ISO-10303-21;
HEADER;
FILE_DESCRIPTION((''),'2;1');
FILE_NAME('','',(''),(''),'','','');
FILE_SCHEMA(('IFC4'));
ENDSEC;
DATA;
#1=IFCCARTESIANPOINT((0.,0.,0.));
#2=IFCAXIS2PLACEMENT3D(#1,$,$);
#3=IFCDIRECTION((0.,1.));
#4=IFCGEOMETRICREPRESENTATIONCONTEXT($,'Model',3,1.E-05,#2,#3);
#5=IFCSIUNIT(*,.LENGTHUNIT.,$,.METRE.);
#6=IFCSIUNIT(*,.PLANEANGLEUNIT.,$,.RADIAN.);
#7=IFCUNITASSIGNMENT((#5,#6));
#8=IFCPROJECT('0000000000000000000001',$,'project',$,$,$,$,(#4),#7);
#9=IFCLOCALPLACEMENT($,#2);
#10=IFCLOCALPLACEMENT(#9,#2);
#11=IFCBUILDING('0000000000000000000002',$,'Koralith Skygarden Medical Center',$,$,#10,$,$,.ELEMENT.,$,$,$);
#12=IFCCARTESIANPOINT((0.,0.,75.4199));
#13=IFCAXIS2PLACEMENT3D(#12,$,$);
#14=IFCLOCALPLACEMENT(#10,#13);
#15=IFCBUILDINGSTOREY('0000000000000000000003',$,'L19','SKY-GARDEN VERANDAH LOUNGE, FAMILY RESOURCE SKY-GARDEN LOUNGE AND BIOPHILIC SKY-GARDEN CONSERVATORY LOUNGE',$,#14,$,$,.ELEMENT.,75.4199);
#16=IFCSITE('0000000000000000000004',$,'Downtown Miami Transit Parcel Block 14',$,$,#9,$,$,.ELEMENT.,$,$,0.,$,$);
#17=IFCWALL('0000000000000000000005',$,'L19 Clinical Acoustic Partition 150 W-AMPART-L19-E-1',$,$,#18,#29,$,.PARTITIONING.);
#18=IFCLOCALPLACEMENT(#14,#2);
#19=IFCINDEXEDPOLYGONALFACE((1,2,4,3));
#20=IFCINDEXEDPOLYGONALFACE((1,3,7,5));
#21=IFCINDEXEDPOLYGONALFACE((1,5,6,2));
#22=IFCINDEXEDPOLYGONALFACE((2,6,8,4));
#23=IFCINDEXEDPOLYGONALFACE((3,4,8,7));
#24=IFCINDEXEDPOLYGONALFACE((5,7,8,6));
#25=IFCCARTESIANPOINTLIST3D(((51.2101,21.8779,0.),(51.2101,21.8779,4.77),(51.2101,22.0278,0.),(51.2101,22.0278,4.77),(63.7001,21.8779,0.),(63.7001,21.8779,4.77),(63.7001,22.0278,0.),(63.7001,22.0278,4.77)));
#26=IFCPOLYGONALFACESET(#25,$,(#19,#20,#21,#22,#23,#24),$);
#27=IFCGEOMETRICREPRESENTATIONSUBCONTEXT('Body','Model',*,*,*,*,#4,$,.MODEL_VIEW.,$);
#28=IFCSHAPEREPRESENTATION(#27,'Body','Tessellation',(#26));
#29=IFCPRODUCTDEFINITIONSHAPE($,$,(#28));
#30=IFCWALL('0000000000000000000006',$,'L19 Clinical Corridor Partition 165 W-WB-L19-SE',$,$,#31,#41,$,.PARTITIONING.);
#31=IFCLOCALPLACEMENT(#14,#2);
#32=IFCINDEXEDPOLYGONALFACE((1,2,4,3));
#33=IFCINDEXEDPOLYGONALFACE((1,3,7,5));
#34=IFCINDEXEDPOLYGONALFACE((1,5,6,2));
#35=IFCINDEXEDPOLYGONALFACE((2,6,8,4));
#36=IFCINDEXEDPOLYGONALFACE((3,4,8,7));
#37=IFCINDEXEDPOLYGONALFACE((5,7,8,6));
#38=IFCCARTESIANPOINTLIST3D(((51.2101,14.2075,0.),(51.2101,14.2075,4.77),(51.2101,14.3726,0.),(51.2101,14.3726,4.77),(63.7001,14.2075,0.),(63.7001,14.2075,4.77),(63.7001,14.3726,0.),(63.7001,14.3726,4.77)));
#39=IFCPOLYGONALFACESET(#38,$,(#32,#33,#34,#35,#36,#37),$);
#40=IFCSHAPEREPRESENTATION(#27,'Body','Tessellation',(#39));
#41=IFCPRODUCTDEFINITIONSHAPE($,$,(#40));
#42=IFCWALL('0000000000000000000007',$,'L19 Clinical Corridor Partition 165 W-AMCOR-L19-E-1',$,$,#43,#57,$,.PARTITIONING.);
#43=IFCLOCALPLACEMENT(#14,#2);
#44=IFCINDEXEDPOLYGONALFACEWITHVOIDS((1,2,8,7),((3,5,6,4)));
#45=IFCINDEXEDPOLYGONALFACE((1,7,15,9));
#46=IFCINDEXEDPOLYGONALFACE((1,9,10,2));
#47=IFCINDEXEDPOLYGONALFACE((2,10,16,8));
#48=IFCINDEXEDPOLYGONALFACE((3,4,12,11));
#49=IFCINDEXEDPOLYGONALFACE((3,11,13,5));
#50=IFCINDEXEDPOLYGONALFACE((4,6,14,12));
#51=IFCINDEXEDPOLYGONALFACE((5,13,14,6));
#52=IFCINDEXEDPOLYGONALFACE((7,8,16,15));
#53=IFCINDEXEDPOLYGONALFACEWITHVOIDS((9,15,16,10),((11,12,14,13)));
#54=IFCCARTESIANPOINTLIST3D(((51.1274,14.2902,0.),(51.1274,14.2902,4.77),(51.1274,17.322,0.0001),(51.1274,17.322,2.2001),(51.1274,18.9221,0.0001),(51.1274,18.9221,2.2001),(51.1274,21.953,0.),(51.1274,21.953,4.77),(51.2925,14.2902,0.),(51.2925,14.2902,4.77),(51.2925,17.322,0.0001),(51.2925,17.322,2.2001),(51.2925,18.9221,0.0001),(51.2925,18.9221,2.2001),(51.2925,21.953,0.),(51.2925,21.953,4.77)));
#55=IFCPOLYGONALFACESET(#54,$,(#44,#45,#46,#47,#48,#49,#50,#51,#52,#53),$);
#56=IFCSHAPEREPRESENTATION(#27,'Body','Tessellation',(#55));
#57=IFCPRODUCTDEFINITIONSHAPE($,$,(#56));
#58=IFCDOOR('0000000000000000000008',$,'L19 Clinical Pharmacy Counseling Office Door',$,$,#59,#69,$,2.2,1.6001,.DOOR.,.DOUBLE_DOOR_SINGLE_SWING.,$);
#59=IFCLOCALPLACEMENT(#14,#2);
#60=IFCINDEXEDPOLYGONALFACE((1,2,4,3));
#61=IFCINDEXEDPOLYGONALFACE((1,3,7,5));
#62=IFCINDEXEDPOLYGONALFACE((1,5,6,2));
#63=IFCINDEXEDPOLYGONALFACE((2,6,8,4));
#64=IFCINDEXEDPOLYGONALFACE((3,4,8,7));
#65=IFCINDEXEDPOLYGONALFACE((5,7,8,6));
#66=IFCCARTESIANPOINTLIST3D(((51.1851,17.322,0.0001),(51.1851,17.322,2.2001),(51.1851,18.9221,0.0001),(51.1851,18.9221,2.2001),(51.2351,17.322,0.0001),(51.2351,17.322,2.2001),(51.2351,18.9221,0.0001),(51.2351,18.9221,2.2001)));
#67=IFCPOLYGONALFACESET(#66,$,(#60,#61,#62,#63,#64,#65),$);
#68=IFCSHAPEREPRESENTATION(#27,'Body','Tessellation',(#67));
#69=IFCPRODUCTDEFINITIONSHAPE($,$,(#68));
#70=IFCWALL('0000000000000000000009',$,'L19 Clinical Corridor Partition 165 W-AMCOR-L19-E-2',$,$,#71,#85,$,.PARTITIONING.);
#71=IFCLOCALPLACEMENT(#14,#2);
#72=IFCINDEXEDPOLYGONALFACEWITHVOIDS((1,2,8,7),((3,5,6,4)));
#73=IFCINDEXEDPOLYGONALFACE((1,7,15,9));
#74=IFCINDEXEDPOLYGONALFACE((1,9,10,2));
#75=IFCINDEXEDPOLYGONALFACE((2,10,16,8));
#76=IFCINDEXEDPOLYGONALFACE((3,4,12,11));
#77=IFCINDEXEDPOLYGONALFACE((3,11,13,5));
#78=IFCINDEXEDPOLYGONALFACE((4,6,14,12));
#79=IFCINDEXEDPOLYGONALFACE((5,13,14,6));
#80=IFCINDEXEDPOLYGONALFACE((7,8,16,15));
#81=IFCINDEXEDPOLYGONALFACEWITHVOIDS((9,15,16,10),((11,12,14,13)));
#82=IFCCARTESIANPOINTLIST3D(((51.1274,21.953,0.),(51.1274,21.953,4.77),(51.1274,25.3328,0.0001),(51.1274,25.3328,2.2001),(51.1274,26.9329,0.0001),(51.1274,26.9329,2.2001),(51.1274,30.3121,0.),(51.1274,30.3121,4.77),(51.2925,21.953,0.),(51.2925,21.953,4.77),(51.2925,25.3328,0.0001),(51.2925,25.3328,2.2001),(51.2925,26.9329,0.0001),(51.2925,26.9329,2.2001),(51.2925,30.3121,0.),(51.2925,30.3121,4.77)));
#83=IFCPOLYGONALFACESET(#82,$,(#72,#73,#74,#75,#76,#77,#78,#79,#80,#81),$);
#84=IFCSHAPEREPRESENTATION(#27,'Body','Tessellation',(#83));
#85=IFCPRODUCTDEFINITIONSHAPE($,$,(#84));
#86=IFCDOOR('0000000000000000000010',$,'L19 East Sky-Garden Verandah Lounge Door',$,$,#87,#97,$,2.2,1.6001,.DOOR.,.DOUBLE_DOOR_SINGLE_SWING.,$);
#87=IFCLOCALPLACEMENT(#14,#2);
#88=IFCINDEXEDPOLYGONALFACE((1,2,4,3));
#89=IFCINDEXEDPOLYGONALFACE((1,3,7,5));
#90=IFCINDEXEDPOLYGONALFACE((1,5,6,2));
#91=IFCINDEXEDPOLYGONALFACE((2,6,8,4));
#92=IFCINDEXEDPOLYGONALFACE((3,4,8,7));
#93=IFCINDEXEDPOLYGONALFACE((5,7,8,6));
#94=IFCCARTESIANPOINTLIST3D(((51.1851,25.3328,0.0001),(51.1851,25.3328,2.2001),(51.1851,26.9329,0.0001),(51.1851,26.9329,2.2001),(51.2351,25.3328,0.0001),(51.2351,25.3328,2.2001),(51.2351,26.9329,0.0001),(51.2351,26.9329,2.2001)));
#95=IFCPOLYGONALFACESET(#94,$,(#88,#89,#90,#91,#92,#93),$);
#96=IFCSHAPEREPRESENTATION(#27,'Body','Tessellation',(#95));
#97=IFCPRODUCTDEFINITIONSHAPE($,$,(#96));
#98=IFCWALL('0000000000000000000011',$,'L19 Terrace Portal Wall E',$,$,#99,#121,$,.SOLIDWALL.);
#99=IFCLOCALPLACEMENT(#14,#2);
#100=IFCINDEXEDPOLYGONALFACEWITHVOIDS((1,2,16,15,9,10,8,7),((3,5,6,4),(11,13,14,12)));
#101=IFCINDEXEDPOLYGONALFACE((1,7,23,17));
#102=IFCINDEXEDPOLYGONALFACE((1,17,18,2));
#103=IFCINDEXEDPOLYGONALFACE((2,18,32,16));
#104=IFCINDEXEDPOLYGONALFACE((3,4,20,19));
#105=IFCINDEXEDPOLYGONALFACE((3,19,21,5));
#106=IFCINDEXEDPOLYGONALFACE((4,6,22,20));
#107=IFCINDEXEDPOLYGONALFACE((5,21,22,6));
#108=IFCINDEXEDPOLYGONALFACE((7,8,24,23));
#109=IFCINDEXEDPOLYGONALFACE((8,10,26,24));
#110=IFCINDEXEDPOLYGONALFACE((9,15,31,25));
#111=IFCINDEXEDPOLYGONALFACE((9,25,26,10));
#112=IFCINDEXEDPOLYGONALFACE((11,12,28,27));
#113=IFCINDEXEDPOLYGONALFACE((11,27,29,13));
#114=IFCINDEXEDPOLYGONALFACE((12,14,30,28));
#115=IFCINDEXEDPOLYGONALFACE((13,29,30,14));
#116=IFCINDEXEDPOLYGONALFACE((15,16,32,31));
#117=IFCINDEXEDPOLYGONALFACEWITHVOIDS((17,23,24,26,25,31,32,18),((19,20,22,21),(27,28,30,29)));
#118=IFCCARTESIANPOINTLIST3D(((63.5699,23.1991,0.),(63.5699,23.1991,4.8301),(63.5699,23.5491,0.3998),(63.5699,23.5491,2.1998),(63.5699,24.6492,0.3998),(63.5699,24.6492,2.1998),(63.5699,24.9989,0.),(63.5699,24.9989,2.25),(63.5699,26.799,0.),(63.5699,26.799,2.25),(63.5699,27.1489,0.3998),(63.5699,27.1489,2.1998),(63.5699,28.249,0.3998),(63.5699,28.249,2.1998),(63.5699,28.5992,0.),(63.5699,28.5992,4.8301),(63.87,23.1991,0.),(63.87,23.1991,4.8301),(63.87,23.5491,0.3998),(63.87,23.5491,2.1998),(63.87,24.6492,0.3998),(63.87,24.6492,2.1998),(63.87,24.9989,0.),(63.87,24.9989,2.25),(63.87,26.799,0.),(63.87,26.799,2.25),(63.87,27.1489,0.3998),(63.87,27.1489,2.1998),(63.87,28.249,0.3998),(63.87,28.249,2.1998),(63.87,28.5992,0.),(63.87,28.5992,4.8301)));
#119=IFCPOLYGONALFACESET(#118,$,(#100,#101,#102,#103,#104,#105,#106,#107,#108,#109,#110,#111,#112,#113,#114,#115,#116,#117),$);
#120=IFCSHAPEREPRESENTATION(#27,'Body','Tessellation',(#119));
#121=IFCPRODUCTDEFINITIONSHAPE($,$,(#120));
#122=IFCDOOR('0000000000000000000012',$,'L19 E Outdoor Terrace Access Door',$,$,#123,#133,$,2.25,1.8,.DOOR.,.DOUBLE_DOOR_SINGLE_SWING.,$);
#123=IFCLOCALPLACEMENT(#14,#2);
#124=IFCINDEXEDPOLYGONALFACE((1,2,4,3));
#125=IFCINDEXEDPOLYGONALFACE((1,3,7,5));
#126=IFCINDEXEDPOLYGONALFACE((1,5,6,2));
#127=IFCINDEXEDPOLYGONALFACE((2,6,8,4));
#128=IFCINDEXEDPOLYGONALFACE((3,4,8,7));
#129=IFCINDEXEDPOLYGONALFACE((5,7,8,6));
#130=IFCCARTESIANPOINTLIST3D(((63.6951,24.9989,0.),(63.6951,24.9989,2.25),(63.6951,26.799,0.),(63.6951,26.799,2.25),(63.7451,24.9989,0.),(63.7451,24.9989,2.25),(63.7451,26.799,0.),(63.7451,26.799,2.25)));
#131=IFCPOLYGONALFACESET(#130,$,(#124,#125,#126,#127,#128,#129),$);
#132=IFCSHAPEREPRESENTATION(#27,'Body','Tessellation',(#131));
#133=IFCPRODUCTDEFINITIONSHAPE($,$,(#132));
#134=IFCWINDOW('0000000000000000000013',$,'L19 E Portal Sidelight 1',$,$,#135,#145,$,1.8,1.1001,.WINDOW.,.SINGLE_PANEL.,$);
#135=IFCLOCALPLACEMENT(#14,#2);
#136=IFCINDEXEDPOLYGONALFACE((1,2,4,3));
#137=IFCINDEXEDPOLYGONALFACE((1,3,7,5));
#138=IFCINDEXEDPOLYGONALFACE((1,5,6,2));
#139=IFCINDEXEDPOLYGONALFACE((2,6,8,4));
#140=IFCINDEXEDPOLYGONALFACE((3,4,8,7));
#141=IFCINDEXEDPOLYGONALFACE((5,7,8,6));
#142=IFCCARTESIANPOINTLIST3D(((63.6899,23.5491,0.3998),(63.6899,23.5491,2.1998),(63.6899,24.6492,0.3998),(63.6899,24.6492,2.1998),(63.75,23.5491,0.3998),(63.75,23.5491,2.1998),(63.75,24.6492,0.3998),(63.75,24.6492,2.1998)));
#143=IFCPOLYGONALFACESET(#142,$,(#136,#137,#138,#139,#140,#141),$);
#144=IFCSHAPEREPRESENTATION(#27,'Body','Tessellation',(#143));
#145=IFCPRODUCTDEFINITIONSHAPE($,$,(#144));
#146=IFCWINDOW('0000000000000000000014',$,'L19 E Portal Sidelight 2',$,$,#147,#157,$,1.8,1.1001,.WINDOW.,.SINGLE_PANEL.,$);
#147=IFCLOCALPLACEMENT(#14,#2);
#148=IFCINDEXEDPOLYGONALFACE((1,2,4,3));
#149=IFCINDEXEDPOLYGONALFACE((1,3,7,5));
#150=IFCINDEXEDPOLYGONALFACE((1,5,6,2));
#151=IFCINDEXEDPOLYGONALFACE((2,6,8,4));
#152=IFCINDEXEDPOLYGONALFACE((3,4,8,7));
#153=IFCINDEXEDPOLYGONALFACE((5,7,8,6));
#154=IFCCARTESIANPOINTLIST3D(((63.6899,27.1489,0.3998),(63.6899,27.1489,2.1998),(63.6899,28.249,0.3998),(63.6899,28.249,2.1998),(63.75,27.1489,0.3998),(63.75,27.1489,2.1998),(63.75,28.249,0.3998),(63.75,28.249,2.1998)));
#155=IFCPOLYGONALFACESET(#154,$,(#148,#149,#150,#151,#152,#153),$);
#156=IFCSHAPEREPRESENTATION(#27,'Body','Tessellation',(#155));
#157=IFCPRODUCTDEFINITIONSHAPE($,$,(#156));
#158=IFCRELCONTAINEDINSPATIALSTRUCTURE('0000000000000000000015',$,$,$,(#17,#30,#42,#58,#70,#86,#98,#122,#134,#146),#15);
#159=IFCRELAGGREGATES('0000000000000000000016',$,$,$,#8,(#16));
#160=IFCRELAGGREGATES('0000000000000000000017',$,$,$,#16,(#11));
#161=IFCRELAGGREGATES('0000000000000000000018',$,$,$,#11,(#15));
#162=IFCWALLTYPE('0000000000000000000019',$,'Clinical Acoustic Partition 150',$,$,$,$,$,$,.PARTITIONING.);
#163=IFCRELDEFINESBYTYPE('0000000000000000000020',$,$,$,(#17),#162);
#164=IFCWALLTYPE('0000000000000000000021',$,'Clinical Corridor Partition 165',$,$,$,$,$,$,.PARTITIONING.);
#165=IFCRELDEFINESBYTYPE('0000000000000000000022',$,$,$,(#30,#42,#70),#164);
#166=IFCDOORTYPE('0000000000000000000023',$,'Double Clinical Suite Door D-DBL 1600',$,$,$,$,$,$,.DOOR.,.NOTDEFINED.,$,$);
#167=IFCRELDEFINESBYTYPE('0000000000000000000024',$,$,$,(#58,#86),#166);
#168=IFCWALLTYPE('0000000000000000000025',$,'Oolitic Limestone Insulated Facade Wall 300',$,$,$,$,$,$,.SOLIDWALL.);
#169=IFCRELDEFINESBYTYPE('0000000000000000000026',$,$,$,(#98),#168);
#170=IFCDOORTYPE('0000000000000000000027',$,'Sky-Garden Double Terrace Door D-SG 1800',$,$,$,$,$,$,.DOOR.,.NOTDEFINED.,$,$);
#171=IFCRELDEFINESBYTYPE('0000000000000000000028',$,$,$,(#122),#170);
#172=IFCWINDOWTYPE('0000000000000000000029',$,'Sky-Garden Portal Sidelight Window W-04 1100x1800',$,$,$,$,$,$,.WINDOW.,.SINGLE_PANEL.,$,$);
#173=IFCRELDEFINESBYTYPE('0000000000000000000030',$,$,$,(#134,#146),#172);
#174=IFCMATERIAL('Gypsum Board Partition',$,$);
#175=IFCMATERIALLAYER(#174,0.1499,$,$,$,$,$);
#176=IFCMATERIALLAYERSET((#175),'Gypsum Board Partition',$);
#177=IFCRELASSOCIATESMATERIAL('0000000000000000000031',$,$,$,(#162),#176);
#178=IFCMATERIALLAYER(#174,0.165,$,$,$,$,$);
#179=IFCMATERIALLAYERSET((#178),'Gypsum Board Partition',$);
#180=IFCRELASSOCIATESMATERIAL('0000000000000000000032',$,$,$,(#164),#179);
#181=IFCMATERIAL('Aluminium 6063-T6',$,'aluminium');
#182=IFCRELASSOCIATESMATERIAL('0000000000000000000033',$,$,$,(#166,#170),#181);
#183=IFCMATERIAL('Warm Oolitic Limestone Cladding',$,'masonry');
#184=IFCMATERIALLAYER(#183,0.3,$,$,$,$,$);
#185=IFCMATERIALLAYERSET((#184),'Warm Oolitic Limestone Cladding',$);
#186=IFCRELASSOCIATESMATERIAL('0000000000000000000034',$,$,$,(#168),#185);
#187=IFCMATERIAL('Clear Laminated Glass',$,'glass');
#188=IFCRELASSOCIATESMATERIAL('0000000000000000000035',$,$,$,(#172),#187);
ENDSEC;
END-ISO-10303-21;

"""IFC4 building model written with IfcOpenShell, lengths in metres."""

from ifc_helpers import new_model, si_unit, direction, frame, frame_2d, origin, place, context, subcontext, project, spatial, rectangle, extrude, material, layer, layer_set, type_object, element, fill, save


model = new_model("IFC4")

# Units and contexts
model_context = context("Model", 3, precision=1e-05, world=origin(), true_north=direction((0.0, 1.0)))
body_context = subcontext(model_context, "Body", "Model", "MODEL_VIEW")
ifc_project = project(units=[si_unit("LENGTHUNIT", "METRE"), si_unit("PLANEANGLEUNIT", "RADIAN")], contexts=[model_context])

# Site, building, storey
site_placement = place(None, origin())
site = spatial("IfcSite", under=ifc_project, at=site_placement, Name="Downtown Miami Transit Parcel Block 14", CompositionType="ELEMENT", RefElevation=0.0)
building_placement = place(site_placement, origin())
building = spatial("IfcBuilding", under=site, at=building_placement, Name="Koralith Skygarden Medical Center", CompositionType="ELEMENT")
storey_placement = place(building_placement, frame((0.0, 0.0, 75.4199)))
storey = spatial("IfcBuildingStorey", under=building, at=storey_placement, Name="L19", Description="SKY-GARDEN VERANDAH LOUNGE, FAMILY RESOURCE SKY-GARDEN LOUNGE AND BIOPHILIC SKY-GARDEN CONSERVATORY LOUNGE", CompositionType="ELEMENT", Elevation=75.4199)

# Shared definitions
ifc_material_1 = material(Name="Clear Laminated Glass", Category="glass")
ifc_material_2 = material(Name="Aluminium 6063-T6", Category="aluminium")

# Walls
ifc_material_3 = material(Name="Gypsum Board Partition")
ifc_layer_1 = layer(ifc_material_3, 0.1499)
ifc_layer_set_1 = layer_set([ifc_layer_1], Name="Gypsum Board Partition")
wall_type_1 = type_object("IfcWallType", Name="Clinical Acoustic Partition 150", PredefinedType="PARTITIONING", material=ifc_layer_set_1)
wall_1_placement = place(storey_placement, frame((51.21, 21.9529, 0.0), z_axis=(0.0, 0.0, 1.0), x_axis=(1.0, 0.0, 0.0)))
element("IfcWall", 1, at=wall_1_placement, inside=storey, type_object=wall_type_1, Name="L19 Clinical Acoustic Partition 150 W-AMPART-L19-E-1", PredefinedType="PARTITIONING", context=body_context, shape_type="SweptSolid", body=[
    extrude(rectangle(XDim=12.49, YDim=0.1499, at=frame_2d((6.2451, 0.0))), origin(), (0.0, 0.0, 1.0), 4.77),
])
ifc_layer_2 = layer(ifc_material_3, 0.165)
ifc_layer_set_2 = layer_set([ifc_layer_2], Name="Gypsum Board Partition")
wall_type_2 = type_object("IfcWallType", Name="Clinical Corridor Partition 165", PredefinedType="PARTITIONING", material=ifc_layer_set_2)
wall_2_placement = place(storey_placement, frame((51.21, 14.29, 0.0), z_axis=(0.0, 0.0, 1.0), x_axis=(1.0, 0.0, 0.0)))
element("IfcWall", 2, at=wall_2_placement, inside=storey, type_object=wall_type_2, Name="L19 Clinical Corridor Partition 165 W-WB-L19-SE", PredefinedType="PARTITIONING", context=body_context, shape_type="SweptSolid", body=[
    extrude(rectangle(XDim=12.49, YDim=0.165, at=frame_2d((6.2451, 0.0))), origin(), (0.0, 0.0, 1.0), 4.77),
])

# Walls, openings, doors
wall_3_placement = place(storey_placement, frame((51.21, 14.29, 0.0), z_axis=(0.0, 0.0, 1.0), x_axis=(0.0, 1.0, 0.0)))
wall_3 = element("IfcWall", 3, at=wall_3_placement, inside=storey, type_object=wall_type_2, Name="L19 Clinical Corridor Partition 165 W-AMCOR-L19-E-1", PredefinedType="PARTITIONING", context=body_context, shape_type="SweptSolid", body=[
    extrude(rectangle(XDim=7.6628, YDim=0.165, at=frame_2d((3.8315, 0.0))), origin(), (0.0, 0.0, 1.0), 4.77),
])
opening_1_placement = place(wall_3_placement, frame((3.032, 0.0, 0.0)))
opening_1 = element("IfcOpeningElement", 4, at=opening_1_placement, cuts=wall_3, PredefinedType="OPENING", context=body_context, shape_type="SweptSolid", body=[
    extrude(rectangle(XDim=1.6001, YDim=2.2, at=frame_2d((0.8, 1.1001))), frame((0.0, 0.0925, 0.0), z_axis=(0.0, -1.0, 0.0), x_axis=(1.0, 0.0, 0.0)), (0.0, 0.0, 1.0), 0.1851),
])
door_type_1 = type_object("IfcDoorType", Name="Double Clinical Suite Door D-DBL 1600", OperationType="NOTDEFINED", PredefinedType="DOOR", material=ifc_material_2)
door_1_placement = place(opening_1_placement, origin())
door_1 = element("IfcDoor", 5, at=door_1_placement, inside=storey, type_object=door_type_1, Name="L19 Clinical Pharmacy Counseling Office Door", OperationType="DOUBLE_DOOR_SINGLE_SWING", OverallHeight=2.2, OverallWidth=1.6001, PredefinedType="DOOR", context=body_context, shape_type="SweptSolid", body=[
    extrude(rectangle(XDim=1.6001, YDim=2.2, at=frame_2d((0.8, 1.1001))), frame((0.0, 0.0249, 0.0), z_axis=(0.0, -1.0, 0.0), x_axis=(1.0, 0.0, 0.0)), (0.0, 0.0, 1.0), 0.05),
])
fill(opening_1, door_1)
wall_4_placement = place(storey_placement, frame((51.21, 21.9529, 0.0), z_axis=(0.0, 0.0, 1.0), x_axis=(0.0, 1.0, 0.0)))
wall_4 = element("IfcWall", 6, at=wall_4_placement, inside=storey, type_object=wall_type_2, Name="L19 Clinical Corridor Partition 165 W-AMCOR-L19-E-2", PredefinedType="PARTITIONING", context=body_context, shape_type="SweptSolid", body=[
    extrude(rectangle(XDim=8.3591, YDim=0.165, at=frame_2d((4.1797, 0.0))), origin(), (0.0, 0.0, 1.0), 4.77),
])
opening_2_placement = place(wall_4_placement, frame((3.3799, 0.0, 0.0)))
opening_2 = element("IfcOpeningElement", 7, at=opening_2_placement, cuts=wall_4, PredefinedType="OPENING", context=body_context, shape_type="SweptSolid", body=[
    extrude(rectangle(XDim=1.6001, YDim=2.2, at=frame_2d((0.8, 1.1001))), frame((0.0, 0.0925, 0.0), z_axis=(0.0, -1.0, 0.0), x_axis=(1.0, 0.0, 0.0)), (0.0, 0.0, 1.0), 0.1851),
])
door_2_placement = place(opening_2_placement, origin())
door_2 = element("IfcDoor", 8, at=door_2_placement, inside=storey, type_object=door_type_1, Name="L19 East Sky-Garden Verandah Lounge Door", OperationType="DOUBLE_DOOR_SINGLE_SWING", OverallHeight=2.2, OverallWidth=1.6001, PredefinedType="DOOR", context=body_context, shape_type="SweptSolid", body=[
    extrude(rectangle(XDim=1.6001, YDim=2.2, at=frame_2d((0.8, 1.1001))), frame((0.0, 0.0249, 0.0), z_axis=(0.0, -1.0, 0.0), x_axis=(1.0, 0.0, 0.0)), (0.0, 0.0, 1.0), 0.05),
])
fill(opening_2, door_2)

# Wall, openings, door, windows
ifc_material_4 = material(Name="Warm Oolitic Limestone Cladding", Category="masonry")
ifc_layer_3 = layer(ifc_material_4, 0.3)
ifc_layer_set_3 = layer_set([ifc_layer_3], Name="Warm Oolitic Limestone Cladding")
wall_type_3 = type_object("IfcWallType", Name="Oolitic Limestone Insulated Facade Wall 300", PredefinedType="SOLIDWALL", material=ifc_layer_set_3)
wall_5_placement = place(storey_placement, frame((63.72, 23.199, 0.0), z_axis=(0.0, 0.0, 1.0), x_axis=(0.0, 1.0, 0.0)))
wall_5 = element("IfcWall", 9, at=wall_5_placement, inside=storey, type_object=wall_type_3, Name="L19 Terrace Portal Wall E", PredefinedType="SOLIDWALL", context=body_context, shape_type="SweptSolid", body=[
    extrude(rectangle(XDim=5.4001, YDim=0.3, at=frame_2d((2.7002, 0.0))), origin(), (0.0, 0.0, 1.0), 4.8301),
])
opening_3_placement = place(wall_5_placement, frame((1.8, 0.0, 0.0)))
opening_3 = element("IfcOpeningElement", 10, at=opening_3_placement, cuts=wall_5, PredefinedType="OPENING", context=body_context, shape_type="SweptSolid", body=[
    extrude(rectangle(XDim=1.8, YDim=2.25, at=frame_2d((0.8999, 1.125))), frame((0.0, 0.1599, 0.0), z_axis=(0.0, -1.0, 0.0), x_axis=(1.0, 0.0, 0.0)), (0.0, 0.0, 1.0), 0.3201),
])
opening_4_placement = place(wall_5_placement, frame((0.3501, 0.0, 0.3999)))
opening_4 = element("IfcOpeningElement", 11, at=opening_4_placement, cuts=wall_5, PredefinedType="OPENING", context=body_context, shape_type="SweptSolid", body=[
    extrude(rectangle(XDim=1.1001, YDim=1.8, at=frame_2d((0.55, 0.8999))), frame((0.0, 0.1599, 0.0), z_axis=(0.0, -1.0, 0.0), x_axis=(1.0, 0.0, 0.0)), (0.0, 0.0, 1.0), 0.3201),
])
opening_5_placement = place(wall_5_placement, frame((3.95, 0.0, 0.3999)))
opening_5 = element("IfcOpeningElement", 12, at=opening_5_placement, cuts=wall_5, PredefinedType="OPENING", context=body_context, shape_type="SweptSolid", body=[
    extrude(rectangle(XDim=1.1001, YDim=1.8, at=frame_2d((0.55, 0.8999))), frame((0.0, 0.1599, 0.0), z_axis=(0.0, -1.0, 0.0), x_axis=(1.0, 0.0, 0.0)), (0.0, 0.0, 1.0), 0.3201),
])
door_type_2 = type_object("IfcDoorType", Name="Sky-Garden Double Terrace Door D-SG 1800", OperationType="NOTDEFINED", PredefinedType="DOOR", material=ifc_material_2)
door_3_placement = place(opening_3_placement, origin())
door_3 = element("IfcDoor", 13, at=door_3_placement, inside=storey, type_object=door_type_2, Name="L19 E Outdoor Terrace Access Door", OperationType="DOUBLE_DOOR_SINGLE_SWING", OverallHeight=2.25, OverallWidth=1.8, PredefinedType="DOOR", context=body_context, shape_type="SweptSolid", body=[
    extrude(rectangle(XDim=1.8, YDim=2.25, at=frame_2d((0.8999, 1.125))), frame((0.0, 0.0249, 0.0), z_axis=(0.0, -1.0, 0.0), x_axis=(1.0, 0.0, 0.0)), (0.0, 0.0, 1.0), 0.05),
])
fill(opening_3, door_3)
window_type = type_object("IfcWindowType", Name="Sky-Garden Portal Sidelight Window W-04 1100x1800", PartitioningType="SINGLE_PANEL", PredefinedType="WINDOW", material=ifc_material_1)
window_1_placement = place(opening_4_placement, origin())
window_1 = element("IfcWindow", 14, at=window_1_placement, inside=storey, type_object=window_type, Name="L19 E Portal Sidelight 1", OverallHeight=1.8, OverallWidth=1.1001, PartitioningType="SINGLE_PANEL", PredefinedType="WINDOW", context=body_context, shape_type="SweptSolid", body=[
    extrude(rectangle(XDim=1.1001, YDim=1.8, at=frame_2d((0.55, 0.8999))), frame((0.0, 0.03, 0.0), z_axis=(0.0, -1.0, 0.0), x_axis=(1.0, 0.0, 0.0)), (0.0, 0.0, 1.0), 0.0601),
])
fill(opening_4, window_1)
window_2_placement = place(opening_5_placement, origin())
window_2 = element("IfcWindow", 15, at=window_2_placement, inside=storey, type_object=window_type, Name="L19 E Portal Sidelight 2", OverallHeight=1.8, OverallWidth=1.1001, PartitioningType="SINGLE_PANEL", PredefinedType="WINDOW", context=body_context, shape_type="SweptSolid", body=[
    extrude(rectangle(XDim=1.1001, YDim=1.8, at=frame_2d((0.55, 0.8999))), frame((0.0, 0.03, 0.0), z_axis=(0.0, -1.0, 0.0), x_axis=(1.0, 0.0, 0.0)), (0.0, 0.0, 1.0), 0.0601),
])
fill(opening_5, window_2)

save(model, "model.ifc")
